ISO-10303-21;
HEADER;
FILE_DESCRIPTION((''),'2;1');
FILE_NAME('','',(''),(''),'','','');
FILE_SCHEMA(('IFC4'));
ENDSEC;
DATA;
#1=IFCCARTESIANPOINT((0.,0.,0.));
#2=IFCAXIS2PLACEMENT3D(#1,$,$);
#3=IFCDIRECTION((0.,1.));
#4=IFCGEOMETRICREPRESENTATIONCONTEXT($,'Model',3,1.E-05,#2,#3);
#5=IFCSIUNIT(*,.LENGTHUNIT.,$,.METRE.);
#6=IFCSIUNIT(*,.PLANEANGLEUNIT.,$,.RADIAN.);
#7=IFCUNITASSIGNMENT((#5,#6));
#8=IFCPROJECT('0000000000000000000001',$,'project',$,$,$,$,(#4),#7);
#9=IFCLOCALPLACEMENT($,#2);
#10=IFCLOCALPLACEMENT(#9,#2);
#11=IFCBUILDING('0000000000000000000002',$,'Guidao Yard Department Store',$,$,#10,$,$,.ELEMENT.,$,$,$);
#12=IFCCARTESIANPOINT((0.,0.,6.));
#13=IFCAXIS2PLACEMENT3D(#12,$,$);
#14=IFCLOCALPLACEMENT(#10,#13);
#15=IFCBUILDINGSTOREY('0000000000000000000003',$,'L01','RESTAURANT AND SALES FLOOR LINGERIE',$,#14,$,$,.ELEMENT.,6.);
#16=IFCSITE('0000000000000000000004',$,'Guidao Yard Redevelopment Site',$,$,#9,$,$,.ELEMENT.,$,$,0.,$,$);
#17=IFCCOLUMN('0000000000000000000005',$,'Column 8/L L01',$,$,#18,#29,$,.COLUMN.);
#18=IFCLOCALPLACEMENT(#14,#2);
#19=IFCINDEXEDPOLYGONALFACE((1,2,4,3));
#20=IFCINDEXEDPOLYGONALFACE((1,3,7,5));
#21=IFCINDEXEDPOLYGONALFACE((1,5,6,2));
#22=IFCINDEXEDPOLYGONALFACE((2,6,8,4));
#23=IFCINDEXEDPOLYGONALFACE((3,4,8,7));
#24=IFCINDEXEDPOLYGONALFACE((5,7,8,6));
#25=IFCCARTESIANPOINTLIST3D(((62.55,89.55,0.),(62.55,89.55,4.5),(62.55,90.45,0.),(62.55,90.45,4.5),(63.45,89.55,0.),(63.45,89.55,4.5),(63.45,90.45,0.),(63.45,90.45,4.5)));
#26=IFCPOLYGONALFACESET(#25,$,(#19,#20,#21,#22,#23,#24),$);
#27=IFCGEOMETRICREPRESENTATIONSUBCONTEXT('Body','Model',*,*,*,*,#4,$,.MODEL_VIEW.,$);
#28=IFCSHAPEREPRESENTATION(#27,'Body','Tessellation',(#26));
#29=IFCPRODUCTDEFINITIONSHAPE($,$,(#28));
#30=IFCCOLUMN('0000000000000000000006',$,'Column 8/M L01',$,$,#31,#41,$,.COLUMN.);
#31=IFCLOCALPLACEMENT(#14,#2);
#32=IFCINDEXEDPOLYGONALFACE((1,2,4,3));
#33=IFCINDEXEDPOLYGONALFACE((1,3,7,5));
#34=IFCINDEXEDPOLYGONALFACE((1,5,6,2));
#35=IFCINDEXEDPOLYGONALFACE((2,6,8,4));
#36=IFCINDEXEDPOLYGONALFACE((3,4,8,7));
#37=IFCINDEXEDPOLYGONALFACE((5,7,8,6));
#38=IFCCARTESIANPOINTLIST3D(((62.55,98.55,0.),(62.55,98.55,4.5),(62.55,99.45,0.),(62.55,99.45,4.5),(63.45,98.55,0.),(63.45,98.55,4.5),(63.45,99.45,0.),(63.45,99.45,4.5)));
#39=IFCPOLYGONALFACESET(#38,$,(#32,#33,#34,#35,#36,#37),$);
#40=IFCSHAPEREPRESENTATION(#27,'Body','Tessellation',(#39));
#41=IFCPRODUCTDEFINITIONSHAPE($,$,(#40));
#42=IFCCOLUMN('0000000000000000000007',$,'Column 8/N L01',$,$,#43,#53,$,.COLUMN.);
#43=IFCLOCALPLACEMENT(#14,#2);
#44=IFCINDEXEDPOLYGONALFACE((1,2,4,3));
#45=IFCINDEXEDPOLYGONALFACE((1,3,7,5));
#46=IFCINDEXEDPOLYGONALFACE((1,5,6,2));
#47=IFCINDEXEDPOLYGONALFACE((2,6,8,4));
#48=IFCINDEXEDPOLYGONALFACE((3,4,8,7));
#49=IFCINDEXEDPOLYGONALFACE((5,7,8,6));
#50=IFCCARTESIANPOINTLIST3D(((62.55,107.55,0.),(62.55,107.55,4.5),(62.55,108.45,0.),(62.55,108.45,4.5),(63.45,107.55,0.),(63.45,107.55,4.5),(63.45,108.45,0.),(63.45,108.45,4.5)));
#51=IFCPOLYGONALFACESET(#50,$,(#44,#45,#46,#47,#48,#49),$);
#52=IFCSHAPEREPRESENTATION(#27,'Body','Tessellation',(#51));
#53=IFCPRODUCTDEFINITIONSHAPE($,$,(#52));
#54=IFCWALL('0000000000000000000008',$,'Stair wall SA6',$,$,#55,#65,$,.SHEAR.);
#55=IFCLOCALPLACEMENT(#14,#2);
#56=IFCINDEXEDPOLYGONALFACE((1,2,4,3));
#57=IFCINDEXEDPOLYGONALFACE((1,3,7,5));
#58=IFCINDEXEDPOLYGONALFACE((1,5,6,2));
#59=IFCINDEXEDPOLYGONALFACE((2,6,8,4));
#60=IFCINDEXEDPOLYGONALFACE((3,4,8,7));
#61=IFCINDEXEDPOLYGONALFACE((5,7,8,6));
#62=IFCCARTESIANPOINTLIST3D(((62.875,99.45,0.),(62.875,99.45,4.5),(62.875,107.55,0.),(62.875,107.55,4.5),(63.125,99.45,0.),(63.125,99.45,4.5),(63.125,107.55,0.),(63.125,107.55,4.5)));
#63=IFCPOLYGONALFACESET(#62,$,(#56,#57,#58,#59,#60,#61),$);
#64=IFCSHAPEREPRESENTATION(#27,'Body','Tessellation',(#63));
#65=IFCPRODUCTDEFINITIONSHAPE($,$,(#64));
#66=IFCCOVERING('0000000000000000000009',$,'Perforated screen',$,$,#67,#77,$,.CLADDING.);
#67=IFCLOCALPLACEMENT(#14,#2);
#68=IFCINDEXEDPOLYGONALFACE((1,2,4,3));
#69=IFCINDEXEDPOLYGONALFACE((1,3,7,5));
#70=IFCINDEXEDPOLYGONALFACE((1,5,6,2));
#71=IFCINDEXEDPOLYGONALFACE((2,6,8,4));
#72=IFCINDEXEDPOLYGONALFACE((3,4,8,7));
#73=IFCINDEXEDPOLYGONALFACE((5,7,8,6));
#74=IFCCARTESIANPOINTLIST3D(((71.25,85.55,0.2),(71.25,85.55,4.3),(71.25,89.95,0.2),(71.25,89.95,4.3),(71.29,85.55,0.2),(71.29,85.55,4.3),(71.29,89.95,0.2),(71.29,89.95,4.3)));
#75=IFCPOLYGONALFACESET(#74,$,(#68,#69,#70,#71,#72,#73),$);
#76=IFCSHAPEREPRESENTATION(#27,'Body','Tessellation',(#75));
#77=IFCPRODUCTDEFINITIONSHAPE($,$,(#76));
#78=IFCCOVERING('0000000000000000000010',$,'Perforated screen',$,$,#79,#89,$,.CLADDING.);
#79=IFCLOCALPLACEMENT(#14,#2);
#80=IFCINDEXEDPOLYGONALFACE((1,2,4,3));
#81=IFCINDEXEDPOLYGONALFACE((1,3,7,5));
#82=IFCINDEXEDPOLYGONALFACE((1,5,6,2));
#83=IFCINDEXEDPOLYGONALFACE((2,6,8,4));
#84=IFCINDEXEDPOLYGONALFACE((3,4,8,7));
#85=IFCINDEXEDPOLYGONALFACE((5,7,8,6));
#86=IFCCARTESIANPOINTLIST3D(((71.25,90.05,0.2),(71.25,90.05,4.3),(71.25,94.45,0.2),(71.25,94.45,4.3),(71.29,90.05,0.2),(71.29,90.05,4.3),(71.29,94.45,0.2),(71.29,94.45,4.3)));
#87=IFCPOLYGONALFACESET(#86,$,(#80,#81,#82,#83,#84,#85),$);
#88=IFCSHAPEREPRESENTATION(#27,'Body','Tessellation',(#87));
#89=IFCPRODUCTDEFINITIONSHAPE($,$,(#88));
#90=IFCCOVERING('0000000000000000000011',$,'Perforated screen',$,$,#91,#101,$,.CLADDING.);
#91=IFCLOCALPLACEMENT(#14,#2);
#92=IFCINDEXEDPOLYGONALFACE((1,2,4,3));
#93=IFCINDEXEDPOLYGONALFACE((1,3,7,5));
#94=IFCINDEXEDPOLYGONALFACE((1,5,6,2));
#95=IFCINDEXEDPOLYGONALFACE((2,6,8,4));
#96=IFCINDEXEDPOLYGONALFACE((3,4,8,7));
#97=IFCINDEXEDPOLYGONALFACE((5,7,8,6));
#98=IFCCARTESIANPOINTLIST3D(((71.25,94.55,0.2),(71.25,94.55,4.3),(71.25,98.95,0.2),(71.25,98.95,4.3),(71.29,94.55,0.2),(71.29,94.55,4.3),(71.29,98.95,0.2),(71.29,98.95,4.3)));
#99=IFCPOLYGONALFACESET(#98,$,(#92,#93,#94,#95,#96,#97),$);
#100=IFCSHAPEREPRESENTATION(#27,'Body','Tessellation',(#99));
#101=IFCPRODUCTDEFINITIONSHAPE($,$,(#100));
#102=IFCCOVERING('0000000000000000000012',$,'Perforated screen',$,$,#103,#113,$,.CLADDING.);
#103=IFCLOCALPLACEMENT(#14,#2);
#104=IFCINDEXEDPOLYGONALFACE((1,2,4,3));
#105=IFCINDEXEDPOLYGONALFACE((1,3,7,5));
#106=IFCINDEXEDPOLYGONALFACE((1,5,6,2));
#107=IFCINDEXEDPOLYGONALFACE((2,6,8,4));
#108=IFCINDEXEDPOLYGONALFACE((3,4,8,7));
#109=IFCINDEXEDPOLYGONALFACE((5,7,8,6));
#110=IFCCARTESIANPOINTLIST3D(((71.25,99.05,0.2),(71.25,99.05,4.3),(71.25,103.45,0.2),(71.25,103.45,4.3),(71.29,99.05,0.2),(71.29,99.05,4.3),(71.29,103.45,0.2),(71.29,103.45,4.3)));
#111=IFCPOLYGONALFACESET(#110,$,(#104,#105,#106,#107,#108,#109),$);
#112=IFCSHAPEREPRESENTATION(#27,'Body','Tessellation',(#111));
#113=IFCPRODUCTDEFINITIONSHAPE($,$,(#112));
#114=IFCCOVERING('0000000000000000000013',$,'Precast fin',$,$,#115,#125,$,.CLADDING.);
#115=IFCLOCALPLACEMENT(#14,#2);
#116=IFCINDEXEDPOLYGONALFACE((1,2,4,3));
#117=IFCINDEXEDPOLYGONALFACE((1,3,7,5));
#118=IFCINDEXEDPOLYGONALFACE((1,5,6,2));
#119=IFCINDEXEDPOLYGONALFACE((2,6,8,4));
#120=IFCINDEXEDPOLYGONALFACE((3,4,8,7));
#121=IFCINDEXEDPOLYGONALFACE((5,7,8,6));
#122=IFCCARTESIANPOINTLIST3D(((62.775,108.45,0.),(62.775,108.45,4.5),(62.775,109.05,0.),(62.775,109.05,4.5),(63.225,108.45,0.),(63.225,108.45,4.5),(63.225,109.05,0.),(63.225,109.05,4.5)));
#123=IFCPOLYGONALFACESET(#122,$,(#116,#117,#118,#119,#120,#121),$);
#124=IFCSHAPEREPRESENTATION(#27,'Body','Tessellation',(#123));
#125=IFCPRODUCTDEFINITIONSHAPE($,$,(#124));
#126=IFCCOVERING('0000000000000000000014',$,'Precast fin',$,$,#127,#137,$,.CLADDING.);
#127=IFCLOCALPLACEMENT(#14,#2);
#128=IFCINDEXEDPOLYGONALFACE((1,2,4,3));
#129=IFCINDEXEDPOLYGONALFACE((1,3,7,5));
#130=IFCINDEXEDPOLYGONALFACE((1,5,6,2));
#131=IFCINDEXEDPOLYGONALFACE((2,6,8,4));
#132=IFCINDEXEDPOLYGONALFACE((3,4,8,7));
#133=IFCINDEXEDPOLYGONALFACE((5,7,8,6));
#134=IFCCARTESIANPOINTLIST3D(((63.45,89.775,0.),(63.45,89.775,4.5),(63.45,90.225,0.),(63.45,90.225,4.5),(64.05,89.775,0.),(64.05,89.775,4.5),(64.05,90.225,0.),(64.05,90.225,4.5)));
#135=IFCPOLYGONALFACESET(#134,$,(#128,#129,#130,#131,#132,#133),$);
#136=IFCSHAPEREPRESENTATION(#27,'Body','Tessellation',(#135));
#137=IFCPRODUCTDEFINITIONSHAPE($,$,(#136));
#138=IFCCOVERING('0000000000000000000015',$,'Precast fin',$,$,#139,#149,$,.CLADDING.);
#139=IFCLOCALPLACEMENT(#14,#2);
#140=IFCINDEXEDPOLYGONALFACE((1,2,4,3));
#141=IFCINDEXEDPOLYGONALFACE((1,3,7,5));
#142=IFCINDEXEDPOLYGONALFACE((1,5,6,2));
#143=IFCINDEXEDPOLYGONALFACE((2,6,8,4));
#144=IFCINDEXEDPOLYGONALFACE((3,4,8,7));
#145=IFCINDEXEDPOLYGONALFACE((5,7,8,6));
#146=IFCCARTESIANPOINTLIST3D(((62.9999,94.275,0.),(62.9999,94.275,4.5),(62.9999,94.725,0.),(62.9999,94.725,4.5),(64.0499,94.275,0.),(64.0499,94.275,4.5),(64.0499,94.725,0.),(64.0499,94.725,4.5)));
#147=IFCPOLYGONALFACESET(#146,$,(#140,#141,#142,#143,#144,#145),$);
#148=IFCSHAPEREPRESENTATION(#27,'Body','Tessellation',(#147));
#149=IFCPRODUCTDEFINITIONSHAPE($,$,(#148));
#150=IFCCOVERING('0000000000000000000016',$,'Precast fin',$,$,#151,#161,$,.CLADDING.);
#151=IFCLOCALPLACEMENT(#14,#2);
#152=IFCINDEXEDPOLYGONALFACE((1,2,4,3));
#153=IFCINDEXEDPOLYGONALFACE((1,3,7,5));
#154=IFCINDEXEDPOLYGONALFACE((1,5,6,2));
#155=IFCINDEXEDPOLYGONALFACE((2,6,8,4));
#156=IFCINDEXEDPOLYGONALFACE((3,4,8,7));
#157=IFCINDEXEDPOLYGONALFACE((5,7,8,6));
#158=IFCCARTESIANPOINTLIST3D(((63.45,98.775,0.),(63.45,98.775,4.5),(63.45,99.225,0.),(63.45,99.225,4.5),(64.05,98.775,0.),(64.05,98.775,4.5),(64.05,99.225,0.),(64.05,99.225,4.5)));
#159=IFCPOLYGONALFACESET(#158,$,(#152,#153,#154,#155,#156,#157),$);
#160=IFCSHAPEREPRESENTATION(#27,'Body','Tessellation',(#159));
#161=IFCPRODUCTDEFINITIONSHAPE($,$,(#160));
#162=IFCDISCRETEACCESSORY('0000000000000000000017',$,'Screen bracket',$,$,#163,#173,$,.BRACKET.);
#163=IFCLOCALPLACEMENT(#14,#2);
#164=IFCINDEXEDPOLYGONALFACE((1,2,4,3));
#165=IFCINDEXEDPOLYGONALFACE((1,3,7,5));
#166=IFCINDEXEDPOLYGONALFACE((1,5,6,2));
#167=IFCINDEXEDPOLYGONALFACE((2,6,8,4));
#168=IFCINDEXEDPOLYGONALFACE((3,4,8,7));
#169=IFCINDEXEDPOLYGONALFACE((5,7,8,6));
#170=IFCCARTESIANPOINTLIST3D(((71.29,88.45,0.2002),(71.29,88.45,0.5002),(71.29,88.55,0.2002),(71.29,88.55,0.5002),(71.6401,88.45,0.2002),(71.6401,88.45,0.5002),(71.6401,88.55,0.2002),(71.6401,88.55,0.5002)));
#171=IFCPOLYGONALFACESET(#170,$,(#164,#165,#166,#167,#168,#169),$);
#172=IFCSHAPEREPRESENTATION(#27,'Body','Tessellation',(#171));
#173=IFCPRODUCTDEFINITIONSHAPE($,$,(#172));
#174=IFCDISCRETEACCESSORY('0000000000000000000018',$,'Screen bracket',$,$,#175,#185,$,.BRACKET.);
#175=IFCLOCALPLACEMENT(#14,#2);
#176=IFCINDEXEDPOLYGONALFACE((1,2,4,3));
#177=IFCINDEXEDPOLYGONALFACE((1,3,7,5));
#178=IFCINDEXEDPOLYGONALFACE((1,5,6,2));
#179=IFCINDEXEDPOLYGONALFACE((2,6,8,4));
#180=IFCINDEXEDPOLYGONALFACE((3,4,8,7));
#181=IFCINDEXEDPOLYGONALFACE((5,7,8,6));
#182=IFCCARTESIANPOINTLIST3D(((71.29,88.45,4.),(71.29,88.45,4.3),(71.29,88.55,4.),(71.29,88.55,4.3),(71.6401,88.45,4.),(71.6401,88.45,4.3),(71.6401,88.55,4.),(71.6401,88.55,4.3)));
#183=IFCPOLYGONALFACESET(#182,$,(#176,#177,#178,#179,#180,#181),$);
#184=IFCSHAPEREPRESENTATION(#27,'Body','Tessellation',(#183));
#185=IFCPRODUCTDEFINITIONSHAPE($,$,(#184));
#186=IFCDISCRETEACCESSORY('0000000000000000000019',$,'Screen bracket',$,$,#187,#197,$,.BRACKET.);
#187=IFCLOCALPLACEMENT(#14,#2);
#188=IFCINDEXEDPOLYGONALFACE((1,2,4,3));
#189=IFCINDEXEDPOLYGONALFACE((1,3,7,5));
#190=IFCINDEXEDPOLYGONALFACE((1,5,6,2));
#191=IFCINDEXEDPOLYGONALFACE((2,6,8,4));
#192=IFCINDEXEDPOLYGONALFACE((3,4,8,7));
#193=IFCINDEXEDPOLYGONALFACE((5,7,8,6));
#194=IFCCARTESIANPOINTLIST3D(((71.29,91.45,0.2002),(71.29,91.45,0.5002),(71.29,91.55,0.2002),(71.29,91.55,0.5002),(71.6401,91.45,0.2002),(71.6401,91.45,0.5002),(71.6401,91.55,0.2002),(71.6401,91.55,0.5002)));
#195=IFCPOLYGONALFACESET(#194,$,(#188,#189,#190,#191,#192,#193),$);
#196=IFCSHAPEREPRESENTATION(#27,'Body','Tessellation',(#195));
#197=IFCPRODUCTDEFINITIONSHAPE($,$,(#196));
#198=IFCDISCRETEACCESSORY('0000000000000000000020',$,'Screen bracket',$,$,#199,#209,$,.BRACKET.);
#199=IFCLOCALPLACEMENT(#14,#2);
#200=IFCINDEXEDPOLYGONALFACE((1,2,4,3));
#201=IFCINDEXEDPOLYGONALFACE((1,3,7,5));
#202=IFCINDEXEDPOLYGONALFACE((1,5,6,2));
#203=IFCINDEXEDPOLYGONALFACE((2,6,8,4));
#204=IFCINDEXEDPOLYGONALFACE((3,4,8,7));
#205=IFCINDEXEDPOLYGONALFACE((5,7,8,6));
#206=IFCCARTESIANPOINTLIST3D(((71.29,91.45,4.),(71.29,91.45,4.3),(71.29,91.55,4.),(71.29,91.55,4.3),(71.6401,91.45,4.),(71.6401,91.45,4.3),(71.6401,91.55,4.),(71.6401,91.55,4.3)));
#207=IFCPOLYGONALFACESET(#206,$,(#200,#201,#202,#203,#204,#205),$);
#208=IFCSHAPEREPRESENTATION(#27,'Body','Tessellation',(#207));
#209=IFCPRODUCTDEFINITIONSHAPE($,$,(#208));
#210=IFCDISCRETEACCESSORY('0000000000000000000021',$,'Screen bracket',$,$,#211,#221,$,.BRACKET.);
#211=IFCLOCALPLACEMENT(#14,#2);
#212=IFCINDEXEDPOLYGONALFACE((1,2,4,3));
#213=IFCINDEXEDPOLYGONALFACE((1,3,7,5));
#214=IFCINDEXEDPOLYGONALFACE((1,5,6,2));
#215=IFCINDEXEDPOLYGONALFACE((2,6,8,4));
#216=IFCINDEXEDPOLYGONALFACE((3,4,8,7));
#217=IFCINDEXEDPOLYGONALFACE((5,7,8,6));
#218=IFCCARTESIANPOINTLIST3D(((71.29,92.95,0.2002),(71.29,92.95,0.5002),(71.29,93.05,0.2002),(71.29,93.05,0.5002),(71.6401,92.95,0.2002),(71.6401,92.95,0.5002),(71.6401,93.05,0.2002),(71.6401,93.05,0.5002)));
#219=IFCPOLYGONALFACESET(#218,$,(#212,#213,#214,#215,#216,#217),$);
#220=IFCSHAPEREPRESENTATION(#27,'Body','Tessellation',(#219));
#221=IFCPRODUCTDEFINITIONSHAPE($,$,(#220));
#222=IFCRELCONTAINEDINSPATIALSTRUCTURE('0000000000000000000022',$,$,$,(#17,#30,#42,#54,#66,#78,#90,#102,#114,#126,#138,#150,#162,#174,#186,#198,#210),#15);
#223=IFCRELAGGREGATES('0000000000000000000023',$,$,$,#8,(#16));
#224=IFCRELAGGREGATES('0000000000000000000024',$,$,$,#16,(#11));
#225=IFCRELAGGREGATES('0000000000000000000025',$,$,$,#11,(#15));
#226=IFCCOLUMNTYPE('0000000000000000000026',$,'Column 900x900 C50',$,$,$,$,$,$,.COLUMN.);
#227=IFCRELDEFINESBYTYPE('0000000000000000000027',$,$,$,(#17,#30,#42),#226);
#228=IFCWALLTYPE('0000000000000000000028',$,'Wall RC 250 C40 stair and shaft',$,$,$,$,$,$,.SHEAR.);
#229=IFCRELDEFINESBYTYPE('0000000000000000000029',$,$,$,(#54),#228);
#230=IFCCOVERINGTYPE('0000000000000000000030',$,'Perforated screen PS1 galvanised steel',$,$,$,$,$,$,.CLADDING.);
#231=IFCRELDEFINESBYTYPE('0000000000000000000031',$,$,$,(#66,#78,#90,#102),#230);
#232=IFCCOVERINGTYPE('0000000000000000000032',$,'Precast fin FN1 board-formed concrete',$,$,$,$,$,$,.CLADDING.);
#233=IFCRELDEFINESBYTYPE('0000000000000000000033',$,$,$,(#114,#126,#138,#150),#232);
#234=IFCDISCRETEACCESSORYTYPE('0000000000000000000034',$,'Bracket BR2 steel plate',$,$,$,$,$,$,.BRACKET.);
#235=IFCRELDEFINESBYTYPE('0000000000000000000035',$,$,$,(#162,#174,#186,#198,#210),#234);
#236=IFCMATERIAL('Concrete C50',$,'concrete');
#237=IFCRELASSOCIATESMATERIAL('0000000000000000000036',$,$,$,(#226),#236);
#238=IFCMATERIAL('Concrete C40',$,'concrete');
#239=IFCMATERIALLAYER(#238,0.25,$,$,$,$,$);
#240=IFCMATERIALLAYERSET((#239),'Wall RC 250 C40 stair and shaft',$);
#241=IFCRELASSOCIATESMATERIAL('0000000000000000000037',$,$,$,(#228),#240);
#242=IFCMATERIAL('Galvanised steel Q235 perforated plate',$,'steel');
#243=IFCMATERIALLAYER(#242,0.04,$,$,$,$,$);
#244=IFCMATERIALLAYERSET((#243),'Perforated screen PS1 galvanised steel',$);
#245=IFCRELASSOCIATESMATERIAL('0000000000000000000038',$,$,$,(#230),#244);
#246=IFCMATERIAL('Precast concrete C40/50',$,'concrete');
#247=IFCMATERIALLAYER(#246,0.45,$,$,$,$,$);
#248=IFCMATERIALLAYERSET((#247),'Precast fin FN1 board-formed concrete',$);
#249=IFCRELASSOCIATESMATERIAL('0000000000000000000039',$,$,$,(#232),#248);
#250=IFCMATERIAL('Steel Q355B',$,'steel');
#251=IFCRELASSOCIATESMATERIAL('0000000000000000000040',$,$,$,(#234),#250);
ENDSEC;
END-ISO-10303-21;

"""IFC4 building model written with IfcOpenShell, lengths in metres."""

from ifc_helpers import new_model, si_unit, direction, frame, frame_2d, origin, origin_2d, place, context, subcontext, project, spatial, rectangle, extrude, material, layer, layer_set, material_profile, profile_set, type_object, element, save


model = new_model("IFC4")

# Units and contexts
model_context = context("Model", 3, precision=1e-05, world=origin(), true_north=direction((0.0, 1.0)))
body_context = subcontext(model_context, "Body", "Model", "MODEL_VIEW")
ifc_project = project(units=[si_unit("LENGTHUNIT", "METRE"), si_unit("PLANEANGLEUNIT", "RADIAN")], contexts=[model_context])

# Site, building, storey
site_placement = place(None, origin())
site = spatial("IfcSite", under=ifc_project, at=site_placement, Name="Guidao Yard Redevelopment Site", CompositionType="ELEMENT", RefElevation=0.0)
building_placement = place(site_placement, origin())
building = spatial("IfcBuilding", under=site, at=building_placement, Name="Guidao Yard Department Store", CompositionType="ELEMENT")
storey_placement = place(building_placement, frame((0.0, 0.0, 6.0)))
storey = spatial("IfcBuildingStorey", under=building, at=storey_placement, Name="L01", Description="RESTAURANT AND SALES FLOOR LINGERIE", CompositionType="ELEMENT", Elevation=6.0)

# Columns
ifc_material_1 = material(Name="Concrete C50", Category="concrete")
ifc_material_profile = material_profile(ifc_material_1, rectangle(XDim=0.8999, YDim=0.8999, at=origin_2d()), Name="COL 900x900")
ifc_profile_set = profile_set([ifc_material_profile], Name="Concrete C50")
column_type = type_object("IfcColumnType", Name="Column 900x900 C50", PredefinedType="COLUMN", material=ifc_profile_set)
for number, where, z_axis, x_axis, name in (
    (1, (63.0, 90.0, 0.0), (0.0, 0.0, 1.0), (1.0, 0.0, 0.0), "Column 8/L L01"),
    (2, (63.0, 99.0, 0.0), (0.0, 0.0, 1.0), (1.0, 0.0, 0.0), "Column 8/M L01"),
    (3, (63.0, 108.0, 0.0), (0.0, 0.0, 1.0), (1.0, 0.0, 0.0), "Column 8/N L01"),
):
    element("IfcColumn", number, at=place(storey_placement, frame(where, z_axis=z_axis, x_axis=x_axis)), inside=storey, type_object=column_type, Name=name, PredefinedType="COLUMN", context=body_context, shape_type="SweptSolid", body=[
        extrude(rectangle(XDim=0.8999, YDim=0.8999, at=origin_2d()), origin(), (0.0, 0.0, 1.0), 4.5),
    ])

# Wall
ifc_material_2 = material(Name="Concrete C40", Category="concrete")
ifc_layer_1 = layer(ifc_material_2, 0.25)
ifc_layer_set_1 = layer_set([ifc_layer_1], Name="Wall RC 250 C40 stair and shaft")
wall_type = type_object("IfcWallType", Name="Wall RC 250 C40 stair and shaft", PredefinedType="SHEAR", material=ifc_layer_set_1)
wall_placement = place(storey_placement, frame((63.0, 99.45, 0.0), z_axis=(0.0, 0.0, 1.0), x_axis=(0.0, 1.0, 0.0)))
element("IfcWall", 4, at=wall_placement, inside=storey, type_object=wall_type, Name="Stair wall SA6", PredefinedType="SHEAR", context=body_context, shape_type="SweptSolid", body=[
    extrude(rectangle(XDim=8.1001, YDim=0.25, at=frame_2d((4.05, 0.0))), origin(), (0.0, 0.0, 1.0), 4.5),
])

# Coverings
ifc_material_3 = material(Name="Galvanised steel Q235 perforated plate", Category="steel")
ifc_layer_2 = layer(ifc_material_3, 0.04)
ifc_layer_set_2 = layer_set([ifc_layer_2], Name="Perforated screen PS1 galvanised steel")
covering_type_1 = type_object("IfcCoveringType", Name="Perforated screen PS1 galvanised steel", PredefinedType="CLADDING", material=ifc_layer_set_2)
for number, where, z_axis, x_axis, name in (
    (5, (71.27, 87.75, 0.2), (0.0, 0.0, 1.0), (0.0, 1.0, 0.0), "Perforated screen"),
    (6, (71.27, 92.25, 0.2), (0.0, 0.0, 1.0), (0.0, 1.0, 0.0), "Perforated screen"),
    (7, (71.27, 96.75, 0.2), (0.0, 0.0, 1.0), (0.0, 1.0, 0.0), "Perforated screen"),
    (8, (71.27, 101.25, 0.2), (0.0, 0.0, 1.0), (0.0, 1.0, 0.0), "Perforated screen"),
):
    element("IfcCovering", number, at=place(storey_placement, frame(where, z_axis=z_axis, x_axis=x_axis)), inside=storey, type_object=covering_type_1, Name=name, PredefinedType="CLADDING", context=body_context, shape_type="SweptSolid", body=[
        extrude(rectangle(XDim=4.3999, YDim=0.04, at=origin_2d()), origin(), (0.0, 0.0, 1.0), 4.1001),
    ])
ifc_material_4 = material(Name="Precast concrete C40/50", Category="concrete")
ifc_layer_3 = layer(ifc_material_4, 0.45)
ifc_layer_set_3 = layer_set([ifc_layer_3], Name="Precast fin FN1 board-formed concrete")
covering_type_2 = type_object("IfcCoveringType", Name="Precast fin FN1 board-formed concrete", PredefinedType="CLADDING", material=ifc_layer_set_3)
for number, where, z_axis, x_axis, name in (
    (9, (63.0, 108.75, 0.0), (0.0, 0.0, 1.0), (1.0, 0.0, 0.0), "Precast fin"),
    (10, (63.75, 90.0, 0.0), (0.0, 0.0, 1.0), (0.0, -1.0, 0.0), "Precast fin"),
):
    element("IfcCovering", number, at=place(storey_placement, frame(where, z_axis=z_axis, x_axis=x_axis)), inside=storey, type_object=covering_type_2, Name=name, PredefinedType="CLADDING", context=body_context, shape_type="SweptSolid", body=[
        extrude(rectangle(XDim=0.45, YDim=0.6001, at=origin_2d()), origin(), (0.0, 0.0, 1.0), 4.5),
    ])
covering_1_placement = place(storey_placement, frame((63.5249, 94.5, 0.0), z_axis=(0.0, 0.0, 1.0), x_axis=(0.0, -1.0, 0.0)))
element("IfcCovering", 11, at=covering_1_placement, inside=storey, type_object=covering_type_2, Name="Precast fin", PredefinedType="CLADDING", context=body_context, shape_type="SweptSolid", body=[
    extrude(rectangle(XDim=0.45, YDim=1.05, at=origin_2d()), origin(), (0.0, 0.0, 1.0), 4.5),
])
covering_2_placement = place(storey_placement, frame((63.75, 99.0, 0.0), z_axis=(0.0, 0.0, 1.0), x_axis=(0.0, -1.0, 0.0)))
element("IfcCovering", 12, at=covering_2_placement, inside=storey, type_object=covering_type_2, Name="Precast fin", PredefinedType="CLADDING", context=body_context, shape_type="SweptSolid", body=[
    extrude(rectangle(XDim=0.45, YDim=0.6001, at=origin_2d()), origin(), (0.0, 0.0, 1.0), 4.5),
])

# Discrete accessories
ifc_material_5 = material(Name="Steel Q355B", Category="steel")
discrete_accessory_type = type_object("IfcDiscreteAccessoryType", Name="Bracket BR2 steel plate", PredefinedType="BRACKET", material=ifc_material_5)
for number, where, z_axis, x_axis, name in (
    (13, (71.4651, 88.5, 0.2002), (0.0, 0.0, 1.0), (0.0, 1.0, 0.0), "Screen bracket"),
    (14, (71.4651, 88.5, 4.0), (0.0, 0.0, 1.0), (0.0, 1.0, 0.0), "Screen bracket"),
    (15, (71.4651, 91.5, 0.2002), (0.0, 0.0, 1.0), (0.0, 1.0, 0.0), "Screen bracket"),
    (16, (71.4651, 91.5, 4.0), (0.0, 0.0, 1.0), (0.0, 1.0, 0.0), "Screen bracket"),
    (17, (71.4651, 93.0, 0.2002), (0.0, 0.0, 1.0), (0.0, 1.0, 0.0), "Screen bracket"),
):
    element("IfcDiscreteAccessory", number, at=place(storey_placement, frame(where, z_axis=z_axis, x_axis=x_axis)), inside=storey, type_object=discrete_accessory_type, Name=name, PredefinedType="BRACKET", context=body_context, shape_type="SweptSolid", body=[
        extrude(rectangle(XDim=0.1001, YDim=0.3501, at=origin_2d()), origin(), (0.0, 0.0, 1.0), 0.3),
    ])

save(model, "model.ifc")
